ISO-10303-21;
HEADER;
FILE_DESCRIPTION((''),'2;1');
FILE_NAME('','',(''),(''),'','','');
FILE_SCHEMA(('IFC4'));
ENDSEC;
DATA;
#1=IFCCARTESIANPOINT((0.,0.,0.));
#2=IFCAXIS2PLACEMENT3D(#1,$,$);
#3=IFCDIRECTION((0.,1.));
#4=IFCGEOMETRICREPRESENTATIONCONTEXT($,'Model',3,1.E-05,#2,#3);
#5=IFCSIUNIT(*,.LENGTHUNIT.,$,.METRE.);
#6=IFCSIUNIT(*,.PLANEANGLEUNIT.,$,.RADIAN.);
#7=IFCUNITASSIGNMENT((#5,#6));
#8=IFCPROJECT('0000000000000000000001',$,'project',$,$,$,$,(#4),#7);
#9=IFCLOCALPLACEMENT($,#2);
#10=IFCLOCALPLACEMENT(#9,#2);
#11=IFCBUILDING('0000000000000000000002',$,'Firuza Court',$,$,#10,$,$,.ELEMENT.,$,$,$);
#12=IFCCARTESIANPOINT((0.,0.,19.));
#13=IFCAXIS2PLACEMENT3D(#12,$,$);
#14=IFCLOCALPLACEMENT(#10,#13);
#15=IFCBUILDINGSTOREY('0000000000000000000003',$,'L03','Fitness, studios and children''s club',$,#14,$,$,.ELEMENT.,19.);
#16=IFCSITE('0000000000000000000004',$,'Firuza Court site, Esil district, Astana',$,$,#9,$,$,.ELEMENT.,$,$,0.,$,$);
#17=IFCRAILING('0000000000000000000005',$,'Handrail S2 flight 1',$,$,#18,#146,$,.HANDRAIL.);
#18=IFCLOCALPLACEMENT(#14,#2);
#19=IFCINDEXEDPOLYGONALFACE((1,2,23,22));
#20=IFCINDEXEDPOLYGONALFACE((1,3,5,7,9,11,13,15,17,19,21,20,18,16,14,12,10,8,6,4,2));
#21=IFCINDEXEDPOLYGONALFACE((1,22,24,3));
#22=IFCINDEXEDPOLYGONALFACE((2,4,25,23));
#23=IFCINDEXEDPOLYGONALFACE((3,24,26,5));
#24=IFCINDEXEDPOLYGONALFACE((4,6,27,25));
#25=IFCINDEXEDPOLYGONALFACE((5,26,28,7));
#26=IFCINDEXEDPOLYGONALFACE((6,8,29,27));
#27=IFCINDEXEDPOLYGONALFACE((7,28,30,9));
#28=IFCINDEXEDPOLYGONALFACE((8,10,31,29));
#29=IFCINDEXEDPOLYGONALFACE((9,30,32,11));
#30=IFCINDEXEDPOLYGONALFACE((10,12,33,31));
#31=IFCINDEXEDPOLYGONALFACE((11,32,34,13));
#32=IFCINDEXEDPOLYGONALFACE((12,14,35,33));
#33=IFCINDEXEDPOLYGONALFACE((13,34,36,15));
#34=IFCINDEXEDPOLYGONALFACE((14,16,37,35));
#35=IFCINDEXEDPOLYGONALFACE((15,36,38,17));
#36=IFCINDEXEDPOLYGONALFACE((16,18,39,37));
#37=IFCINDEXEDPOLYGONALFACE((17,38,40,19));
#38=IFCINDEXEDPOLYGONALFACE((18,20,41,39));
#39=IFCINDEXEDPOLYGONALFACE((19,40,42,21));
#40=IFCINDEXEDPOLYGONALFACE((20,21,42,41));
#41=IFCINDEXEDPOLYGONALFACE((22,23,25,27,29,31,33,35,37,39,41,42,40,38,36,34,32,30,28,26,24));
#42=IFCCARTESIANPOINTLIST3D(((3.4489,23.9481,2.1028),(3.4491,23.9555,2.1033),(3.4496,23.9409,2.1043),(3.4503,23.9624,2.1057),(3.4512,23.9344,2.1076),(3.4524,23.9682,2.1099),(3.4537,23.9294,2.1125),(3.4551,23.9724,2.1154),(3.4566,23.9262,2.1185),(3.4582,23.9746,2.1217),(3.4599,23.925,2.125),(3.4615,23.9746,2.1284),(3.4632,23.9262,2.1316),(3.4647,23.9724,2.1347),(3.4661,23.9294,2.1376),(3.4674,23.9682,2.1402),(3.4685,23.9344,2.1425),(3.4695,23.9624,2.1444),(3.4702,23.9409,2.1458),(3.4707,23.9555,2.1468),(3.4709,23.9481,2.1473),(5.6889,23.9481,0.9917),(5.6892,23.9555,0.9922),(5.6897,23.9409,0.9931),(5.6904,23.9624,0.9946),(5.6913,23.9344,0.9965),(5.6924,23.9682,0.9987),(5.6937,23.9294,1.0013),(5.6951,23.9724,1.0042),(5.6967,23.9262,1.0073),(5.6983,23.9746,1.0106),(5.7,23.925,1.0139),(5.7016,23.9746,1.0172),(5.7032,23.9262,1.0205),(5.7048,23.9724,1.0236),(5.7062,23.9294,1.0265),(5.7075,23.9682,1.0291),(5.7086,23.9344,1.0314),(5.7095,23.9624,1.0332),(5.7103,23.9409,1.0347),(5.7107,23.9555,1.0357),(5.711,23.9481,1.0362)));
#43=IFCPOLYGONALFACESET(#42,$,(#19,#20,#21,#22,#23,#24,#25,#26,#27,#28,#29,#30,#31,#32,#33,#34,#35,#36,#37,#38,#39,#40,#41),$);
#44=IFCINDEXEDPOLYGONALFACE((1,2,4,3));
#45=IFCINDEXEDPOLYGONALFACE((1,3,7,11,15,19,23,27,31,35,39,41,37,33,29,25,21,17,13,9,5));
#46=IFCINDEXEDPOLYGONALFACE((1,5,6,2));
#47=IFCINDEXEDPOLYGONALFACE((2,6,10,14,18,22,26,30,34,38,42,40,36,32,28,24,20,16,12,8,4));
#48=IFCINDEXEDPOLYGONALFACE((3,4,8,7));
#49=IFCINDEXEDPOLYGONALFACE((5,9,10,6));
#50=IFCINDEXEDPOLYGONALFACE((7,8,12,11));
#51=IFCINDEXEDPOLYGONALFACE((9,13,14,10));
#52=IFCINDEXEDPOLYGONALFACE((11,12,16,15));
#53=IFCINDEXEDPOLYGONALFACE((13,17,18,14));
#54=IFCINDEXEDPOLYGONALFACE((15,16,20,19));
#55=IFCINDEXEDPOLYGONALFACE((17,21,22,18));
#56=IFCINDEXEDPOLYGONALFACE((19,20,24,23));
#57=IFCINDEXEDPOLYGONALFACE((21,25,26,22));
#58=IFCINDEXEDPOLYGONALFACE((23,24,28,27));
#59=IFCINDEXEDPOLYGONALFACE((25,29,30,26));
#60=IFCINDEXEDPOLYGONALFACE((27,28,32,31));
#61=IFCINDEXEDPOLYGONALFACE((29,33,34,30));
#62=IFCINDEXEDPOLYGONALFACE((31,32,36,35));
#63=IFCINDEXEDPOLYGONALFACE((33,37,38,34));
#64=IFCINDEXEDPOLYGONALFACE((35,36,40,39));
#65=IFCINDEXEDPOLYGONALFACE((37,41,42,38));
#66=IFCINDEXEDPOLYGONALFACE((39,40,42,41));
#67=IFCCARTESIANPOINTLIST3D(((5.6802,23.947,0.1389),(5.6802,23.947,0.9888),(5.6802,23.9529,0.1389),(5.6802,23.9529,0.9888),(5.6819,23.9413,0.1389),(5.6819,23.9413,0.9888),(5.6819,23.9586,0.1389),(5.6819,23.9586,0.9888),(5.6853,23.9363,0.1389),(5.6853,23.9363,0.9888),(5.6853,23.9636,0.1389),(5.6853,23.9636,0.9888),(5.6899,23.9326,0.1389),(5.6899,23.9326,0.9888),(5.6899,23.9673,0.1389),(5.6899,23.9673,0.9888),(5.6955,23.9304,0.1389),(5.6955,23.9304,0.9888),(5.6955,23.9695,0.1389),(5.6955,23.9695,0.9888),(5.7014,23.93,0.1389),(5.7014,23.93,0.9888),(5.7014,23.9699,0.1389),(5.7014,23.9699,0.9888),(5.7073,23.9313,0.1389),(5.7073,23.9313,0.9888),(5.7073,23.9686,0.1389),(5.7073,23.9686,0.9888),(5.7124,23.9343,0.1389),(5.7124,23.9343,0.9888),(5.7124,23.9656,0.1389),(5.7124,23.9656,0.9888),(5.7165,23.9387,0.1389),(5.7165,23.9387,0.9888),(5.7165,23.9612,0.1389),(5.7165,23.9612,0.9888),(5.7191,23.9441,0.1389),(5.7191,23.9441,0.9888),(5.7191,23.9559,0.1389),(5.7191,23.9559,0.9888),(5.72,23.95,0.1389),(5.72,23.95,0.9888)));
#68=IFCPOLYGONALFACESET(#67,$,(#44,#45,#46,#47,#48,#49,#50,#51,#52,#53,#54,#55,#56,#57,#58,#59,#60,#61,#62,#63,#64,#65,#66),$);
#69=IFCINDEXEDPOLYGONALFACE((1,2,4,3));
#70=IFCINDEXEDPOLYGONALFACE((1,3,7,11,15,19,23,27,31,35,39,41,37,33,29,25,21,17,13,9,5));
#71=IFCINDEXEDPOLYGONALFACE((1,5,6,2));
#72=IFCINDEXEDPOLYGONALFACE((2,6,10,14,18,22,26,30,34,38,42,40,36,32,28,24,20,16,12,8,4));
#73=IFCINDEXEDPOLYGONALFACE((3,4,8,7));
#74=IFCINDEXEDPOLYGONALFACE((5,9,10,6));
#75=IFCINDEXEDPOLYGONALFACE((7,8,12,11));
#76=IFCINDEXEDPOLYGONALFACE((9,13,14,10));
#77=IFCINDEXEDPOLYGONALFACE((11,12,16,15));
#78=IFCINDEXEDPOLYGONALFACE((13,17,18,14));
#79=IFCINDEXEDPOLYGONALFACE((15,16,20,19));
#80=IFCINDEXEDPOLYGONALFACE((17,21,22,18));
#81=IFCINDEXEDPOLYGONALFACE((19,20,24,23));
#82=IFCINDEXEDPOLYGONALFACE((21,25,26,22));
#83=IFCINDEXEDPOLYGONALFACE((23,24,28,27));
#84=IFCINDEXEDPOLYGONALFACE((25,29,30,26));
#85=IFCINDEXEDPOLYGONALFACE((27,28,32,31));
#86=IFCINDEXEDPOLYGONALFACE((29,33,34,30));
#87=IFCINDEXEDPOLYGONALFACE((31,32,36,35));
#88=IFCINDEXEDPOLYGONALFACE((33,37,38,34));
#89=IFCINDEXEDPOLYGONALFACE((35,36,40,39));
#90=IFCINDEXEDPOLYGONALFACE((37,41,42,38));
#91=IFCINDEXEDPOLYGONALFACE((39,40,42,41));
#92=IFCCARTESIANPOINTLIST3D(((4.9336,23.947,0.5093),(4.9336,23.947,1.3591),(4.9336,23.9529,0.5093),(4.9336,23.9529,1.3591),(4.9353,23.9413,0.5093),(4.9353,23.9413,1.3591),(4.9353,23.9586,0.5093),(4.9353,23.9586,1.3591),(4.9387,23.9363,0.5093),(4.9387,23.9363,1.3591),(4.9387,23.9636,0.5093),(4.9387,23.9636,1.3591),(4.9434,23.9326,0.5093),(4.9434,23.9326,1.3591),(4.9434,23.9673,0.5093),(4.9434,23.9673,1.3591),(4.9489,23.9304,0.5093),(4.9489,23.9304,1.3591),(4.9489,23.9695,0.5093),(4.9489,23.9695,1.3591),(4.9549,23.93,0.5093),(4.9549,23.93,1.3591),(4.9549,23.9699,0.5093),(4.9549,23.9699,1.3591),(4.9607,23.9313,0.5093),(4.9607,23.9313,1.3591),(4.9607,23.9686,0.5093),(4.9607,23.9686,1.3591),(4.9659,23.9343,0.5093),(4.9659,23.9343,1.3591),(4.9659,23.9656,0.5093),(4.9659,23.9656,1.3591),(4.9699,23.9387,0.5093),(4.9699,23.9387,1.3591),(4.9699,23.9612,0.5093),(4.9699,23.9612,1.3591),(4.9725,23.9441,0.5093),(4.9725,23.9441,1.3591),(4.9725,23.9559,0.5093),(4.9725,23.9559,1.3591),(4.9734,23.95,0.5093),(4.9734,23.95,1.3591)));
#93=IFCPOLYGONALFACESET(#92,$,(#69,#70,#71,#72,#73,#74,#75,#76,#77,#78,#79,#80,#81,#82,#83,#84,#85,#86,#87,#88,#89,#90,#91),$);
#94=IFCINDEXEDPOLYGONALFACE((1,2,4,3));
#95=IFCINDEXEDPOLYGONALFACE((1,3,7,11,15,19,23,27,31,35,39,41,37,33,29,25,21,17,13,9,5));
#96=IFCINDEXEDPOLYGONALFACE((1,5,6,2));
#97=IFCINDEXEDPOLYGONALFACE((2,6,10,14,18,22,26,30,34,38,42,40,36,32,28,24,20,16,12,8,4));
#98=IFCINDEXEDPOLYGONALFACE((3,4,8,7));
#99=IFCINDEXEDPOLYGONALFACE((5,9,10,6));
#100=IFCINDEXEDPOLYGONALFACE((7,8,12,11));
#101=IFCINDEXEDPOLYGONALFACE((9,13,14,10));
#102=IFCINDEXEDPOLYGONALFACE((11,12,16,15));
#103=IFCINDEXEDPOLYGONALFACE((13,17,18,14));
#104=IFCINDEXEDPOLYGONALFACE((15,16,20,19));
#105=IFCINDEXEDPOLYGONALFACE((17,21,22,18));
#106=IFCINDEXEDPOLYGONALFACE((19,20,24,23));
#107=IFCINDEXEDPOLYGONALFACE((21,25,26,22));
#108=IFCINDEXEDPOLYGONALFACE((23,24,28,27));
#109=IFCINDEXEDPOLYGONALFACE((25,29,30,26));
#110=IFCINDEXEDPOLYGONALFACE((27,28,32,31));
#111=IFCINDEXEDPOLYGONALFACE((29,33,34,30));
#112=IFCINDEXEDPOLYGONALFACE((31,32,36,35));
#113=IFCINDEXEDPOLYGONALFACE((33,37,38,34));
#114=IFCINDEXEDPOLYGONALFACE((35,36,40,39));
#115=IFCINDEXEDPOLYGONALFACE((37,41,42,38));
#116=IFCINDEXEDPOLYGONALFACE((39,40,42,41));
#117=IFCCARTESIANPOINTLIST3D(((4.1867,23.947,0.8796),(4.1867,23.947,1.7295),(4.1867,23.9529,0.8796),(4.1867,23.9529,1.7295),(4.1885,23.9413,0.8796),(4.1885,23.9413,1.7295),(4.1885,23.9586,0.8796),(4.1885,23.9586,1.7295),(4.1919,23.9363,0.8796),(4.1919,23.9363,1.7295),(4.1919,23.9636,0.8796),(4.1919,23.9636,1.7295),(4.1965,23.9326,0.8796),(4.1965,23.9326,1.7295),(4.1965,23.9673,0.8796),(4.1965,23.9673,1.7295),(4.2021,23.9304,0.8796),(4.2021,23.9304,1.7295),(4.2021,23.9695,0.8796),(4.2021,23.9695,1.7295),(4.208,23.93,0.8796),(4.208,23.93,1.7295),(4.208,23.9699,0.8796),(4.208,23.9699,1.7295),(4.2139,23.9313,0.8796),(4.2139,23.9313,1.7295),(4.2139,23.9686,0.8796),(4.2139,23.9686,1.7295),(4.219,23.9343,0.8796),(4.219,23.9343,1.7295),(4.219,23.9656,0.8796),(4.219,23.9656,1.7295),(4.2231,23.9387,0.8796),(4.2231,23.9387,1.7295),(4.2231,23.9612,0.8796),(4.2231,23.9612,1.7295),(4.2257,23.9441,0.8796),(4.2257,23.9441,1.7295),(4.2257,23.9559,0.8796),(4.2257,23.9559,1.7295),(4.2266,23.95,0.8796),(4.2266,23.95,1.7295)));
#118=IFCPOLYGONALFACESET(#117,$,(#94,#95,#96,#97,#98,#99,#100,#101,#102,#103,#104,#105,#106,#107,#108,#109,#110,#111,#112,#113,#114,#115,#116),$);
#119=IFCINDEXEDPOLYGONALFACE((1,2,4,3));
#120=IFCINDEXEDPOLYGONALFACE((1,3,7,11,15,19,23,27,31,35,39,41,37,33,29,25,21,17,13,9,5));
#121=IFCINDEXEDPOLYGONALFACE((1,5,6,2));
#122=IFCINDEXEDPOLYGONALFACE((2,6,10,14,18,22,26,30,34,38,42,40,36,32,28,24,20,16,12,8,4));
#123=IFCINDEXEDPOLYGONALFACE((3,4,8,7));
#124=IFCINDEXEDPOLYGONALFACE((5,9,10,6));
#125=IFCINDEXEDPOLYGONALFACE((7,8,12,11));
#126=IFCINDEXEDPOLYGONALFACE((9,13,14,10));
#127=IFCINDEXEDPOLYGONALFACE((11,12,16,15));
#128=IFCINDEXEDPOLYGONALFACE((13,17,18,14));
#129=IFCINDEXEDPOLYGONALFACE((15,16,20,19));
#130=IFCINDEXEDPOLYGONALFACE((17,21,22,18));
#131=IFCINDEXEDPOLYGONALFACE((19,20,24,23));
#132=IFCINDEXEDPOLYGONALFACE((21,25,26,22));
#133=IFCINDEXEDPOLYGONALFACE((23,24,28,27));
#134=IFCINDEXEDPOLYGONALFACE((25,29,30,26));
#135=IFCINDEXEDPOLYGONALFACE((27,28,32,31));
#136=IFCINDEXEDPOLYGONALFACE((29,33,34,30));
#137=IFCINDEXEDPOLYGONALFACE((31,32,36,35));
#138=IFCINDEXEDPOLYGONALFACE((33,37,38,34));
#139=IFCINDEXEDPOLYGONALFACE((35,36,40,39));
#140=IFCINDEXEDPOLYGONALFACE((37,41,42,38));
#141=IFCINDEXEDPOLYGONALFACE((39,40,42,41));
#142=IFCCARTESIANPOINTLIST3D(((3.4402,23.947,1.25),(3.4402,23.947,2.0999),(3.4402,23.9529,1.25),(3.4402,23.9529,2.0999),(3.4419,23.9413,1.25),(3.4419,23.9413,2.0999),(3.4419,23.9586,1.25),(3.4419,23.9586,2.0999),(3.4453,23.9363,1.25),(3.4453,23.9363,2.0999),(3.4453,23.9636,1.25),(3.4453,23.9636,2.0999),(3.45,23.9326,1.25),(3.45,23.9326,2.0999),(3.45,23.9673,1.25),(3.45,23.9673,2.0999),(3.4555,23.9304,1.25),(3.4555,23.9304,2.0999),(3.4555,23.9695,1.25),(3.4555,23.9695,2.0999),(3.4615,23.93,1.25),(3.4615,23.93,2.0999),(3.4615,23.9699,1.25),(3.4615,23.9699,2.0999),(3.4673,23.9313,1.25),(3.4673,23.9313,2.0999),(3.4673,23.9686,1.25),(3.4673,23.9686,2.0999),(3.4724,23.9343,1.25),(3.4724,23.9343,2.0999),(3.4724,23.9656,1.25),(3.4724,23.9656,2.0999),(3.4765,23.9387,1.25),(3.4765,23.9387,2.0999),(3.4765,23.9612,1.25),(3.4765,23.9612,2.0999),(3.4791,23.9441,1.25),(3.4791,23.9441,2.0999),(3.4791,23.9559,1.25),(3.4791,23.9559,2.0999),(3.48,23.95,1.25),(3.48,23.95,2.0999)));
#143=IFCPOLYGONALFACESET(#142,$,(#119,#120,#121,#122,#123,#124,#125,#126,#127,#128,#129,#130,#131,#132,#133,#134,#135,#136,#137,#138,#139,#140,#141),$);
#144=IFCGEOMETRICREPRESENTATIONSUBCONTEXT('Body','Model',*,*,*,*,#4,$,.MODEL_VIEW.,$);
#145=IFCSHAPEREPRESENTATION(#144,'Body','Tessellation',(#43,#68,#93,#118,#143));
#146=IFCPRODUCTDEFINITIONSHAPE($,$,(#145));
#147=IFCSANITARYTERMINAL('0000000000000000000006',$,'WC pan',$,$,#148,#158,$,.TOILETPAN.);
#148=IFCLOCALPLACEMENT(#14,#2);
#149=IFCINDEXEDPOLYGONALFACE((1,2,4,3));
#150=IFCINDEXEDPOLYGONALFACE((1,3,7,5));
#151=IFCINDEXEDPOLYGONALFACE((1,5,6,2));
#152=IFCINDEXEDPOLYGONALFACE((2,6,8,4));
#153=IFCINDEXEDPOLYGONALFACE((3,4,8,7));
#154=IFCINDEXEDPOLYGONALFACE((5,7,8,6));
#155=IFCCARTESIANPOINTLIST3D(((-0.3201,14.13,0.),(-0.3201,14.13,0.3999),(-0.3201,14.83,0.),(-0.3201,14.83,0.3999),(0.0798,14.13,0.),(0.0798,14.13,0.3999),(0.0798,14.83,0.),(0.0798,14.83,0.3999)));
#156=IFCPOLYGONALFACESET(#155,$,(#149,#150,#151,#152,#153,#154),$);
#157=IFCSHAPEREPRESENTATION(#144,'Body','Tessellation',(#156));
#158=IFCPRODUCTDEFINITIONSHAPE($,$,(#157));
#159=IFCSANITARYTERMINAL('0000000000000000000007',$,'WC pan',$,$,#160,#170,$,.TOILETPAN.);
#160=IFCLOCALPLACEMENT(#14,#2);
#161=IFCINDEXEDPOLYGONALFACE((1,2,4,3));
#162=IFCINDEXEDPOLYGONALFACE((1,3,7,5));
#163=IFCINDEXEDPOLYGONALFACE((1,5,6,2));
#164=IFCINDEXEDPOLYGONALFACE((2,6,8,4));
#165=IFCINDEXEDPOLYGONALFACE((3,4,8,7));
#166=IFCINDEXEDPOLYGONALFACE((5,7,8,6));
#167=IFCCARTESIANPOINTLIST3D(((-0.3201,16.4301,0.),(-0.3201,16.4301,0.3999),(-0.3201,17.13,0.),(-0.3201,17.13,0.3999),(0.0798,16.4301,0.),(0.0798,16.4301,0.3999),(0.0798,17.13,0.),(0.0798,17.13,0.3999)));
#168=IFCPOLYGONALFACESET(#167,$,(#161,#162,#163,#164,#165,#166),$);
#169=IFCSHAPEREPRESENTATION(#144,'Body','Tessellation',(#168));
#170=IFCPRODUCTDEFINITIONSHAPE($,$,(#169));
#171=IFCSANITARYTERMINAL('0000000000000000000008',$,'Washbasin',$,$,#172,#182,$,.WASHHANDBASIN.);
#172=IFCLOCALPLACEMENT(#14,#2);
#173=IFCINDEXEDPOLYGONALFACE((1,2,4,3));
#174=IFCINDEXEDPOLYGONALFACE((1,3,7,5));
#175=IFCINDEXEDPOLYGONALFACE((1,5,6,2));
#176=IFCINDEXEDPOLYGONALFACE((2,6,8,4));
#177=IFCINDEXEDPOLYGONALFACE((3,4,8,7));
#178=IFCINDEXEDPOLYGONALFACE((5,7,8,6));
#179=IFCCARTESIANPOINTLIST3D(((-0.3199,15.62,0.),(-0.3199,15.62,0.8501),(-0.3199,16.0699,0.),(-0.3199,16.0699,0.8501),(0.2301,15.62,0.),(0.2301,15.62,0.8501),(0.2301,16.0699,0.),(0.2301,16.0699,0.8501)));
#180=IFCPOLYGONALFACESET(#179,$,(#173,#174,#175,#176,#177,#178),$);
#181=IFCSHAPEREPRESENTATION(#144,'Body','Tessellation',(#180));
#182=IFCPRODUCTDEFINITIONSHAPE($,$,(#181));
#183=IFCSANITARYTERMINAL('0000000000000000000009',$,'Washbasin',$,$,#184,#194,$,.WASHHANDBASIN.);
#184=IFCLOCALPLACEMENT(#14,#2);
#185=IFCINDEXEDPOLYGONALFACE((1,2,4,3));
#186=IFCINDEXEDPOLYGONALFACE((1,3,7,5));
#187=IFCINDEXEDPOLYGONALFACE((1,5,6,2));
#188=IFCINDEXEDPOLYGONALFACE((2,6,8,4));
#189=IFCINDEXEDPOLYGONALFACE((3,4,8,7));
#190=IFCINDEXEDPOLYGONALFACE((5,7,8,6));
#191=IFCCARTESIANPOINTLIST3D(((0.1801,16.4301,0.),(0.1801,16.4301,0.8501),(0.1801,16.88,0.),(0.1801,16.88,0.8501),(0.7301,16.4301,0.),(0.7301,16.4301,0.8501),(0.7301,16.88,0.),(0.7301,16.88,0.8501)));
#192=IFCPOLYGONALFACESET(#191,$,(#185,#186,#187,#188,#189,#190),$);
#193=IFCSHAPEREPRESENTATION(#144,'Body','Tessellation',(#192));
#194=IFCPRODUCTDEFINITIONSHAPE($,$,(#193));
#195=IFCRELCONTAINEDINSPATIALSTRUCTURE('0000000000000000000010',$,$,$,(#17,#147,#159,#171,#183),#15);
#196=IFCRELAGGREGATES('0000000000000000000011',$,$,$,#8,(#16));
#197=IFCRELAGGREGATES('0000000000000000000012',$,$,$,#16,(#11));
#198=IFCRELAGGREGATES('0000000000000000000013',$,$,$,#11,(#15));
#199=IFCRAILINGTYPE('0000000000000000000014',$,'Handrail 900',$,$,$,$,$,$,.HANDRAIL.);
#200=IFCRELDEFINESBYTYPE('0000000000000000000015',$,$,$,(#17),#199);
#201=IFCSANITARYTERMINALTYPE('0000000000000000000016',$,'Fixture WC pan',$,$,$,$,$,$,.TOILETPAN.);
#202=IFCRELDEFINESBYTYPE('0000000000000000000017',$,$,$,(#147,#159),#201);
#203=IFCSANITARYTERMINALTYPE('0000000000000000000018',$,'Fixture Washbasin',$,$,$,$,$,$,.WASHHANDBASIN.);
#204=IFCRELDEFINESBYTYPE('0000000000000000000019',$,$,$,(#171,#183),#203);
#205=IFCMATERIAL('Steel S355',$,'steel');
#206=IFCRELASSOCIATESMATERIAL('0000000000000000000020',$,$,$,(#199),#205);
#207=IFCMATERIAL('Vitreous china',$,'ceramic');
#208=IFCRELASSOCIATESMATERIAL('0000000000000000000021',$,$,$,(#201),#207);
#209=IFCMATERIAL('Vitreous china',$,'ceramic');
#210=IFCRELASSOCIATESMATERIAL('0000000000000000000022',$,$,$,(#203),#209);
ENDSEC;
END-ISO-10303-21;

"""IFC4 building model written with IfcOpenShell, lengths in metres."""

from ifc_helpers import new_model, si_unit, direction, frame, origin, origin_2d, place, context, subcontext, project, spatial, rectangle, circle, extrude, material, type_object, element, save


model = new_model("IFC4")

# Units and contexts
model_context = context("Model", 3, precision=1e-05, world=origin(), true_north=direction((0.0, 1.0)))
body_context = subcontext(model_context, "Body", "Model", "MODEL_VIEW")
ifc_project = project(units=[si_unit("LENGTHUNIT", "METRE"), si_unit("PLANEANGLEUNIT", "RADIAN")], contexts=[model_context])

# Site, building, storey
site_placement = place(None, origin())
site = spatial("IfcSite", under=ifc_project, at=site_placement, Name="Firuza Court site, Esil district, Astana", CompositionType="ELEMENT", RefElevation=0.0)
building_placement = place(site_placement, origin())
building = spatial("IfcBuilding", under=site, at=building_placement, Name="Firuza Court", CompositionType="ELEMENT")
storey_placement = place(building_placement, frame((0.0, 0.0, 19.0)))
storey = spatial("IfcBuildingStorey", under=building, at=storey_placement, Name="L03", Description="Fitness, studios and children's club", CompositionType="ELEMENT", Elevation=19.0)

# Railing
ifc_material_1 = material(Name="Steel S355", Category="steel")
railing_type = type_object("IfcRailingType", Name="Handrail 900", PredefinedType="HANDRAIL", material=ifc_material_1)
railing_placement = place(storey_placement, frame((5.7, 23.95, 0.1389)))
element("IfcRailing", 1, at=railing_placement, inside=storey, type_object=railing_type, Name="Handrail S2 flight 1", PredefinedType="HANDRAIL", context=body_context, shape_type="SweptSolid", body=[
    extrude(circle(Radius=0.0249, at=origin_2d()), frame((0.0, 0.0, 0.875), z_axis=(-0.895848, 0.0, 0.44436), x_axis=(0.0, -1.0, 0.0)), (0.0, 0.0, 1.0), 2.5005),
    extrude(circle(Radius=0.02, at=origin_2d()), origin(), (0.0, 0.0, 1.0), 0.8499),
    extrude(circle(Radius=0.02, at=origin_2d()), frame((-0.7466, 0.0, 0.3704)), (0.0, 0.0, 1.0), 0.8499),
    extrude(circle(Radius=0.02, at=origin_2d()), frame((-1.4934, 0.0, 0.7407)), (0.0, 0.0, 1.0), 0.8499),
    extrude(circle(Radius=0.02, at=origin_2d()), frame((-2.24, 0.0, 1.1111)), (0.0, 0.0, 1.0), 0.8499),
])

# Sanitary terminals
ifc_material_2 = material(Name="Vitreous china", Category="ceramic")
sanitary_terminal_type_1 = type_object("IfcSanitaryTerminalType", Name="Fixture WC pan", PredefinedType="TOILETPAN", material=ifc_material_2)
for number, where, z_axis, x_axis, name in (
    (2, (-0.1201, 14.48, 0.0), (0.0, 0.0, 1.0), (1.0, 0.0, 0.0), "WC pan"),
    (3, (-0.1201, 16.78, 0.0), (0.0, 0.0, 1.0), (1.0, 0.0, 0.0), "WC pan"),
):
    element("IfcSanitaryTerminal", number, at=place(storey_placement, frame(where, z_axis=z_axis, x_axis=x_axis)), inside=storey, type_object=sanitary_terminal_type_1, Name=name, PredefinedType="TOILETPAN", context=body_context, shape_type="SweptSolid", body=[
        extrude(rectangle(XDim=0.3999, YDim=0.7, at=origin_2d()), origin(), (0.0, 0.0, 1.0), 0.3999),
    ])
ifc_material_3 = material(Name="Vitreous china", Category="ceramic")
sanitary_terminal_type_2 = type_object("IfcSanitaryTerminalType", Name="Fixture Washbasin", PredefinedType="WASHHANDBASIN", material=ifc_material_3)
for number, where, z_axis, x_axis, name in (
    (4, (-0.0449, 15.845, 0.0), (0.0, 0.0, 1.0), (1.0, 0.0, 0.0), "Washbasin"),
    (5, (0.4551, 16.655, 0.0), (0.0, 0.0, 1.0), (1.0, 0.0, 0.0), "Washbasin"),
):
    element("IfcSanitaryTerminal", number, at=place(storey_placement, frame(where, z_axis=z_axis, x_axis=x_axis)), inside=storey, type_object=sanitary_terminal_type_2, Name=name, PredefinedType="WASHHANDBASIN", context=body_context, shape_type="SweptSolid", body=[
        extrude(rectangle(XDim=0.55, YDim=0.45, at=origin_2d()), origin(), (0.0, 0.0, 1.0), 0.8501),
    ])

save(model, "model.ifc")
